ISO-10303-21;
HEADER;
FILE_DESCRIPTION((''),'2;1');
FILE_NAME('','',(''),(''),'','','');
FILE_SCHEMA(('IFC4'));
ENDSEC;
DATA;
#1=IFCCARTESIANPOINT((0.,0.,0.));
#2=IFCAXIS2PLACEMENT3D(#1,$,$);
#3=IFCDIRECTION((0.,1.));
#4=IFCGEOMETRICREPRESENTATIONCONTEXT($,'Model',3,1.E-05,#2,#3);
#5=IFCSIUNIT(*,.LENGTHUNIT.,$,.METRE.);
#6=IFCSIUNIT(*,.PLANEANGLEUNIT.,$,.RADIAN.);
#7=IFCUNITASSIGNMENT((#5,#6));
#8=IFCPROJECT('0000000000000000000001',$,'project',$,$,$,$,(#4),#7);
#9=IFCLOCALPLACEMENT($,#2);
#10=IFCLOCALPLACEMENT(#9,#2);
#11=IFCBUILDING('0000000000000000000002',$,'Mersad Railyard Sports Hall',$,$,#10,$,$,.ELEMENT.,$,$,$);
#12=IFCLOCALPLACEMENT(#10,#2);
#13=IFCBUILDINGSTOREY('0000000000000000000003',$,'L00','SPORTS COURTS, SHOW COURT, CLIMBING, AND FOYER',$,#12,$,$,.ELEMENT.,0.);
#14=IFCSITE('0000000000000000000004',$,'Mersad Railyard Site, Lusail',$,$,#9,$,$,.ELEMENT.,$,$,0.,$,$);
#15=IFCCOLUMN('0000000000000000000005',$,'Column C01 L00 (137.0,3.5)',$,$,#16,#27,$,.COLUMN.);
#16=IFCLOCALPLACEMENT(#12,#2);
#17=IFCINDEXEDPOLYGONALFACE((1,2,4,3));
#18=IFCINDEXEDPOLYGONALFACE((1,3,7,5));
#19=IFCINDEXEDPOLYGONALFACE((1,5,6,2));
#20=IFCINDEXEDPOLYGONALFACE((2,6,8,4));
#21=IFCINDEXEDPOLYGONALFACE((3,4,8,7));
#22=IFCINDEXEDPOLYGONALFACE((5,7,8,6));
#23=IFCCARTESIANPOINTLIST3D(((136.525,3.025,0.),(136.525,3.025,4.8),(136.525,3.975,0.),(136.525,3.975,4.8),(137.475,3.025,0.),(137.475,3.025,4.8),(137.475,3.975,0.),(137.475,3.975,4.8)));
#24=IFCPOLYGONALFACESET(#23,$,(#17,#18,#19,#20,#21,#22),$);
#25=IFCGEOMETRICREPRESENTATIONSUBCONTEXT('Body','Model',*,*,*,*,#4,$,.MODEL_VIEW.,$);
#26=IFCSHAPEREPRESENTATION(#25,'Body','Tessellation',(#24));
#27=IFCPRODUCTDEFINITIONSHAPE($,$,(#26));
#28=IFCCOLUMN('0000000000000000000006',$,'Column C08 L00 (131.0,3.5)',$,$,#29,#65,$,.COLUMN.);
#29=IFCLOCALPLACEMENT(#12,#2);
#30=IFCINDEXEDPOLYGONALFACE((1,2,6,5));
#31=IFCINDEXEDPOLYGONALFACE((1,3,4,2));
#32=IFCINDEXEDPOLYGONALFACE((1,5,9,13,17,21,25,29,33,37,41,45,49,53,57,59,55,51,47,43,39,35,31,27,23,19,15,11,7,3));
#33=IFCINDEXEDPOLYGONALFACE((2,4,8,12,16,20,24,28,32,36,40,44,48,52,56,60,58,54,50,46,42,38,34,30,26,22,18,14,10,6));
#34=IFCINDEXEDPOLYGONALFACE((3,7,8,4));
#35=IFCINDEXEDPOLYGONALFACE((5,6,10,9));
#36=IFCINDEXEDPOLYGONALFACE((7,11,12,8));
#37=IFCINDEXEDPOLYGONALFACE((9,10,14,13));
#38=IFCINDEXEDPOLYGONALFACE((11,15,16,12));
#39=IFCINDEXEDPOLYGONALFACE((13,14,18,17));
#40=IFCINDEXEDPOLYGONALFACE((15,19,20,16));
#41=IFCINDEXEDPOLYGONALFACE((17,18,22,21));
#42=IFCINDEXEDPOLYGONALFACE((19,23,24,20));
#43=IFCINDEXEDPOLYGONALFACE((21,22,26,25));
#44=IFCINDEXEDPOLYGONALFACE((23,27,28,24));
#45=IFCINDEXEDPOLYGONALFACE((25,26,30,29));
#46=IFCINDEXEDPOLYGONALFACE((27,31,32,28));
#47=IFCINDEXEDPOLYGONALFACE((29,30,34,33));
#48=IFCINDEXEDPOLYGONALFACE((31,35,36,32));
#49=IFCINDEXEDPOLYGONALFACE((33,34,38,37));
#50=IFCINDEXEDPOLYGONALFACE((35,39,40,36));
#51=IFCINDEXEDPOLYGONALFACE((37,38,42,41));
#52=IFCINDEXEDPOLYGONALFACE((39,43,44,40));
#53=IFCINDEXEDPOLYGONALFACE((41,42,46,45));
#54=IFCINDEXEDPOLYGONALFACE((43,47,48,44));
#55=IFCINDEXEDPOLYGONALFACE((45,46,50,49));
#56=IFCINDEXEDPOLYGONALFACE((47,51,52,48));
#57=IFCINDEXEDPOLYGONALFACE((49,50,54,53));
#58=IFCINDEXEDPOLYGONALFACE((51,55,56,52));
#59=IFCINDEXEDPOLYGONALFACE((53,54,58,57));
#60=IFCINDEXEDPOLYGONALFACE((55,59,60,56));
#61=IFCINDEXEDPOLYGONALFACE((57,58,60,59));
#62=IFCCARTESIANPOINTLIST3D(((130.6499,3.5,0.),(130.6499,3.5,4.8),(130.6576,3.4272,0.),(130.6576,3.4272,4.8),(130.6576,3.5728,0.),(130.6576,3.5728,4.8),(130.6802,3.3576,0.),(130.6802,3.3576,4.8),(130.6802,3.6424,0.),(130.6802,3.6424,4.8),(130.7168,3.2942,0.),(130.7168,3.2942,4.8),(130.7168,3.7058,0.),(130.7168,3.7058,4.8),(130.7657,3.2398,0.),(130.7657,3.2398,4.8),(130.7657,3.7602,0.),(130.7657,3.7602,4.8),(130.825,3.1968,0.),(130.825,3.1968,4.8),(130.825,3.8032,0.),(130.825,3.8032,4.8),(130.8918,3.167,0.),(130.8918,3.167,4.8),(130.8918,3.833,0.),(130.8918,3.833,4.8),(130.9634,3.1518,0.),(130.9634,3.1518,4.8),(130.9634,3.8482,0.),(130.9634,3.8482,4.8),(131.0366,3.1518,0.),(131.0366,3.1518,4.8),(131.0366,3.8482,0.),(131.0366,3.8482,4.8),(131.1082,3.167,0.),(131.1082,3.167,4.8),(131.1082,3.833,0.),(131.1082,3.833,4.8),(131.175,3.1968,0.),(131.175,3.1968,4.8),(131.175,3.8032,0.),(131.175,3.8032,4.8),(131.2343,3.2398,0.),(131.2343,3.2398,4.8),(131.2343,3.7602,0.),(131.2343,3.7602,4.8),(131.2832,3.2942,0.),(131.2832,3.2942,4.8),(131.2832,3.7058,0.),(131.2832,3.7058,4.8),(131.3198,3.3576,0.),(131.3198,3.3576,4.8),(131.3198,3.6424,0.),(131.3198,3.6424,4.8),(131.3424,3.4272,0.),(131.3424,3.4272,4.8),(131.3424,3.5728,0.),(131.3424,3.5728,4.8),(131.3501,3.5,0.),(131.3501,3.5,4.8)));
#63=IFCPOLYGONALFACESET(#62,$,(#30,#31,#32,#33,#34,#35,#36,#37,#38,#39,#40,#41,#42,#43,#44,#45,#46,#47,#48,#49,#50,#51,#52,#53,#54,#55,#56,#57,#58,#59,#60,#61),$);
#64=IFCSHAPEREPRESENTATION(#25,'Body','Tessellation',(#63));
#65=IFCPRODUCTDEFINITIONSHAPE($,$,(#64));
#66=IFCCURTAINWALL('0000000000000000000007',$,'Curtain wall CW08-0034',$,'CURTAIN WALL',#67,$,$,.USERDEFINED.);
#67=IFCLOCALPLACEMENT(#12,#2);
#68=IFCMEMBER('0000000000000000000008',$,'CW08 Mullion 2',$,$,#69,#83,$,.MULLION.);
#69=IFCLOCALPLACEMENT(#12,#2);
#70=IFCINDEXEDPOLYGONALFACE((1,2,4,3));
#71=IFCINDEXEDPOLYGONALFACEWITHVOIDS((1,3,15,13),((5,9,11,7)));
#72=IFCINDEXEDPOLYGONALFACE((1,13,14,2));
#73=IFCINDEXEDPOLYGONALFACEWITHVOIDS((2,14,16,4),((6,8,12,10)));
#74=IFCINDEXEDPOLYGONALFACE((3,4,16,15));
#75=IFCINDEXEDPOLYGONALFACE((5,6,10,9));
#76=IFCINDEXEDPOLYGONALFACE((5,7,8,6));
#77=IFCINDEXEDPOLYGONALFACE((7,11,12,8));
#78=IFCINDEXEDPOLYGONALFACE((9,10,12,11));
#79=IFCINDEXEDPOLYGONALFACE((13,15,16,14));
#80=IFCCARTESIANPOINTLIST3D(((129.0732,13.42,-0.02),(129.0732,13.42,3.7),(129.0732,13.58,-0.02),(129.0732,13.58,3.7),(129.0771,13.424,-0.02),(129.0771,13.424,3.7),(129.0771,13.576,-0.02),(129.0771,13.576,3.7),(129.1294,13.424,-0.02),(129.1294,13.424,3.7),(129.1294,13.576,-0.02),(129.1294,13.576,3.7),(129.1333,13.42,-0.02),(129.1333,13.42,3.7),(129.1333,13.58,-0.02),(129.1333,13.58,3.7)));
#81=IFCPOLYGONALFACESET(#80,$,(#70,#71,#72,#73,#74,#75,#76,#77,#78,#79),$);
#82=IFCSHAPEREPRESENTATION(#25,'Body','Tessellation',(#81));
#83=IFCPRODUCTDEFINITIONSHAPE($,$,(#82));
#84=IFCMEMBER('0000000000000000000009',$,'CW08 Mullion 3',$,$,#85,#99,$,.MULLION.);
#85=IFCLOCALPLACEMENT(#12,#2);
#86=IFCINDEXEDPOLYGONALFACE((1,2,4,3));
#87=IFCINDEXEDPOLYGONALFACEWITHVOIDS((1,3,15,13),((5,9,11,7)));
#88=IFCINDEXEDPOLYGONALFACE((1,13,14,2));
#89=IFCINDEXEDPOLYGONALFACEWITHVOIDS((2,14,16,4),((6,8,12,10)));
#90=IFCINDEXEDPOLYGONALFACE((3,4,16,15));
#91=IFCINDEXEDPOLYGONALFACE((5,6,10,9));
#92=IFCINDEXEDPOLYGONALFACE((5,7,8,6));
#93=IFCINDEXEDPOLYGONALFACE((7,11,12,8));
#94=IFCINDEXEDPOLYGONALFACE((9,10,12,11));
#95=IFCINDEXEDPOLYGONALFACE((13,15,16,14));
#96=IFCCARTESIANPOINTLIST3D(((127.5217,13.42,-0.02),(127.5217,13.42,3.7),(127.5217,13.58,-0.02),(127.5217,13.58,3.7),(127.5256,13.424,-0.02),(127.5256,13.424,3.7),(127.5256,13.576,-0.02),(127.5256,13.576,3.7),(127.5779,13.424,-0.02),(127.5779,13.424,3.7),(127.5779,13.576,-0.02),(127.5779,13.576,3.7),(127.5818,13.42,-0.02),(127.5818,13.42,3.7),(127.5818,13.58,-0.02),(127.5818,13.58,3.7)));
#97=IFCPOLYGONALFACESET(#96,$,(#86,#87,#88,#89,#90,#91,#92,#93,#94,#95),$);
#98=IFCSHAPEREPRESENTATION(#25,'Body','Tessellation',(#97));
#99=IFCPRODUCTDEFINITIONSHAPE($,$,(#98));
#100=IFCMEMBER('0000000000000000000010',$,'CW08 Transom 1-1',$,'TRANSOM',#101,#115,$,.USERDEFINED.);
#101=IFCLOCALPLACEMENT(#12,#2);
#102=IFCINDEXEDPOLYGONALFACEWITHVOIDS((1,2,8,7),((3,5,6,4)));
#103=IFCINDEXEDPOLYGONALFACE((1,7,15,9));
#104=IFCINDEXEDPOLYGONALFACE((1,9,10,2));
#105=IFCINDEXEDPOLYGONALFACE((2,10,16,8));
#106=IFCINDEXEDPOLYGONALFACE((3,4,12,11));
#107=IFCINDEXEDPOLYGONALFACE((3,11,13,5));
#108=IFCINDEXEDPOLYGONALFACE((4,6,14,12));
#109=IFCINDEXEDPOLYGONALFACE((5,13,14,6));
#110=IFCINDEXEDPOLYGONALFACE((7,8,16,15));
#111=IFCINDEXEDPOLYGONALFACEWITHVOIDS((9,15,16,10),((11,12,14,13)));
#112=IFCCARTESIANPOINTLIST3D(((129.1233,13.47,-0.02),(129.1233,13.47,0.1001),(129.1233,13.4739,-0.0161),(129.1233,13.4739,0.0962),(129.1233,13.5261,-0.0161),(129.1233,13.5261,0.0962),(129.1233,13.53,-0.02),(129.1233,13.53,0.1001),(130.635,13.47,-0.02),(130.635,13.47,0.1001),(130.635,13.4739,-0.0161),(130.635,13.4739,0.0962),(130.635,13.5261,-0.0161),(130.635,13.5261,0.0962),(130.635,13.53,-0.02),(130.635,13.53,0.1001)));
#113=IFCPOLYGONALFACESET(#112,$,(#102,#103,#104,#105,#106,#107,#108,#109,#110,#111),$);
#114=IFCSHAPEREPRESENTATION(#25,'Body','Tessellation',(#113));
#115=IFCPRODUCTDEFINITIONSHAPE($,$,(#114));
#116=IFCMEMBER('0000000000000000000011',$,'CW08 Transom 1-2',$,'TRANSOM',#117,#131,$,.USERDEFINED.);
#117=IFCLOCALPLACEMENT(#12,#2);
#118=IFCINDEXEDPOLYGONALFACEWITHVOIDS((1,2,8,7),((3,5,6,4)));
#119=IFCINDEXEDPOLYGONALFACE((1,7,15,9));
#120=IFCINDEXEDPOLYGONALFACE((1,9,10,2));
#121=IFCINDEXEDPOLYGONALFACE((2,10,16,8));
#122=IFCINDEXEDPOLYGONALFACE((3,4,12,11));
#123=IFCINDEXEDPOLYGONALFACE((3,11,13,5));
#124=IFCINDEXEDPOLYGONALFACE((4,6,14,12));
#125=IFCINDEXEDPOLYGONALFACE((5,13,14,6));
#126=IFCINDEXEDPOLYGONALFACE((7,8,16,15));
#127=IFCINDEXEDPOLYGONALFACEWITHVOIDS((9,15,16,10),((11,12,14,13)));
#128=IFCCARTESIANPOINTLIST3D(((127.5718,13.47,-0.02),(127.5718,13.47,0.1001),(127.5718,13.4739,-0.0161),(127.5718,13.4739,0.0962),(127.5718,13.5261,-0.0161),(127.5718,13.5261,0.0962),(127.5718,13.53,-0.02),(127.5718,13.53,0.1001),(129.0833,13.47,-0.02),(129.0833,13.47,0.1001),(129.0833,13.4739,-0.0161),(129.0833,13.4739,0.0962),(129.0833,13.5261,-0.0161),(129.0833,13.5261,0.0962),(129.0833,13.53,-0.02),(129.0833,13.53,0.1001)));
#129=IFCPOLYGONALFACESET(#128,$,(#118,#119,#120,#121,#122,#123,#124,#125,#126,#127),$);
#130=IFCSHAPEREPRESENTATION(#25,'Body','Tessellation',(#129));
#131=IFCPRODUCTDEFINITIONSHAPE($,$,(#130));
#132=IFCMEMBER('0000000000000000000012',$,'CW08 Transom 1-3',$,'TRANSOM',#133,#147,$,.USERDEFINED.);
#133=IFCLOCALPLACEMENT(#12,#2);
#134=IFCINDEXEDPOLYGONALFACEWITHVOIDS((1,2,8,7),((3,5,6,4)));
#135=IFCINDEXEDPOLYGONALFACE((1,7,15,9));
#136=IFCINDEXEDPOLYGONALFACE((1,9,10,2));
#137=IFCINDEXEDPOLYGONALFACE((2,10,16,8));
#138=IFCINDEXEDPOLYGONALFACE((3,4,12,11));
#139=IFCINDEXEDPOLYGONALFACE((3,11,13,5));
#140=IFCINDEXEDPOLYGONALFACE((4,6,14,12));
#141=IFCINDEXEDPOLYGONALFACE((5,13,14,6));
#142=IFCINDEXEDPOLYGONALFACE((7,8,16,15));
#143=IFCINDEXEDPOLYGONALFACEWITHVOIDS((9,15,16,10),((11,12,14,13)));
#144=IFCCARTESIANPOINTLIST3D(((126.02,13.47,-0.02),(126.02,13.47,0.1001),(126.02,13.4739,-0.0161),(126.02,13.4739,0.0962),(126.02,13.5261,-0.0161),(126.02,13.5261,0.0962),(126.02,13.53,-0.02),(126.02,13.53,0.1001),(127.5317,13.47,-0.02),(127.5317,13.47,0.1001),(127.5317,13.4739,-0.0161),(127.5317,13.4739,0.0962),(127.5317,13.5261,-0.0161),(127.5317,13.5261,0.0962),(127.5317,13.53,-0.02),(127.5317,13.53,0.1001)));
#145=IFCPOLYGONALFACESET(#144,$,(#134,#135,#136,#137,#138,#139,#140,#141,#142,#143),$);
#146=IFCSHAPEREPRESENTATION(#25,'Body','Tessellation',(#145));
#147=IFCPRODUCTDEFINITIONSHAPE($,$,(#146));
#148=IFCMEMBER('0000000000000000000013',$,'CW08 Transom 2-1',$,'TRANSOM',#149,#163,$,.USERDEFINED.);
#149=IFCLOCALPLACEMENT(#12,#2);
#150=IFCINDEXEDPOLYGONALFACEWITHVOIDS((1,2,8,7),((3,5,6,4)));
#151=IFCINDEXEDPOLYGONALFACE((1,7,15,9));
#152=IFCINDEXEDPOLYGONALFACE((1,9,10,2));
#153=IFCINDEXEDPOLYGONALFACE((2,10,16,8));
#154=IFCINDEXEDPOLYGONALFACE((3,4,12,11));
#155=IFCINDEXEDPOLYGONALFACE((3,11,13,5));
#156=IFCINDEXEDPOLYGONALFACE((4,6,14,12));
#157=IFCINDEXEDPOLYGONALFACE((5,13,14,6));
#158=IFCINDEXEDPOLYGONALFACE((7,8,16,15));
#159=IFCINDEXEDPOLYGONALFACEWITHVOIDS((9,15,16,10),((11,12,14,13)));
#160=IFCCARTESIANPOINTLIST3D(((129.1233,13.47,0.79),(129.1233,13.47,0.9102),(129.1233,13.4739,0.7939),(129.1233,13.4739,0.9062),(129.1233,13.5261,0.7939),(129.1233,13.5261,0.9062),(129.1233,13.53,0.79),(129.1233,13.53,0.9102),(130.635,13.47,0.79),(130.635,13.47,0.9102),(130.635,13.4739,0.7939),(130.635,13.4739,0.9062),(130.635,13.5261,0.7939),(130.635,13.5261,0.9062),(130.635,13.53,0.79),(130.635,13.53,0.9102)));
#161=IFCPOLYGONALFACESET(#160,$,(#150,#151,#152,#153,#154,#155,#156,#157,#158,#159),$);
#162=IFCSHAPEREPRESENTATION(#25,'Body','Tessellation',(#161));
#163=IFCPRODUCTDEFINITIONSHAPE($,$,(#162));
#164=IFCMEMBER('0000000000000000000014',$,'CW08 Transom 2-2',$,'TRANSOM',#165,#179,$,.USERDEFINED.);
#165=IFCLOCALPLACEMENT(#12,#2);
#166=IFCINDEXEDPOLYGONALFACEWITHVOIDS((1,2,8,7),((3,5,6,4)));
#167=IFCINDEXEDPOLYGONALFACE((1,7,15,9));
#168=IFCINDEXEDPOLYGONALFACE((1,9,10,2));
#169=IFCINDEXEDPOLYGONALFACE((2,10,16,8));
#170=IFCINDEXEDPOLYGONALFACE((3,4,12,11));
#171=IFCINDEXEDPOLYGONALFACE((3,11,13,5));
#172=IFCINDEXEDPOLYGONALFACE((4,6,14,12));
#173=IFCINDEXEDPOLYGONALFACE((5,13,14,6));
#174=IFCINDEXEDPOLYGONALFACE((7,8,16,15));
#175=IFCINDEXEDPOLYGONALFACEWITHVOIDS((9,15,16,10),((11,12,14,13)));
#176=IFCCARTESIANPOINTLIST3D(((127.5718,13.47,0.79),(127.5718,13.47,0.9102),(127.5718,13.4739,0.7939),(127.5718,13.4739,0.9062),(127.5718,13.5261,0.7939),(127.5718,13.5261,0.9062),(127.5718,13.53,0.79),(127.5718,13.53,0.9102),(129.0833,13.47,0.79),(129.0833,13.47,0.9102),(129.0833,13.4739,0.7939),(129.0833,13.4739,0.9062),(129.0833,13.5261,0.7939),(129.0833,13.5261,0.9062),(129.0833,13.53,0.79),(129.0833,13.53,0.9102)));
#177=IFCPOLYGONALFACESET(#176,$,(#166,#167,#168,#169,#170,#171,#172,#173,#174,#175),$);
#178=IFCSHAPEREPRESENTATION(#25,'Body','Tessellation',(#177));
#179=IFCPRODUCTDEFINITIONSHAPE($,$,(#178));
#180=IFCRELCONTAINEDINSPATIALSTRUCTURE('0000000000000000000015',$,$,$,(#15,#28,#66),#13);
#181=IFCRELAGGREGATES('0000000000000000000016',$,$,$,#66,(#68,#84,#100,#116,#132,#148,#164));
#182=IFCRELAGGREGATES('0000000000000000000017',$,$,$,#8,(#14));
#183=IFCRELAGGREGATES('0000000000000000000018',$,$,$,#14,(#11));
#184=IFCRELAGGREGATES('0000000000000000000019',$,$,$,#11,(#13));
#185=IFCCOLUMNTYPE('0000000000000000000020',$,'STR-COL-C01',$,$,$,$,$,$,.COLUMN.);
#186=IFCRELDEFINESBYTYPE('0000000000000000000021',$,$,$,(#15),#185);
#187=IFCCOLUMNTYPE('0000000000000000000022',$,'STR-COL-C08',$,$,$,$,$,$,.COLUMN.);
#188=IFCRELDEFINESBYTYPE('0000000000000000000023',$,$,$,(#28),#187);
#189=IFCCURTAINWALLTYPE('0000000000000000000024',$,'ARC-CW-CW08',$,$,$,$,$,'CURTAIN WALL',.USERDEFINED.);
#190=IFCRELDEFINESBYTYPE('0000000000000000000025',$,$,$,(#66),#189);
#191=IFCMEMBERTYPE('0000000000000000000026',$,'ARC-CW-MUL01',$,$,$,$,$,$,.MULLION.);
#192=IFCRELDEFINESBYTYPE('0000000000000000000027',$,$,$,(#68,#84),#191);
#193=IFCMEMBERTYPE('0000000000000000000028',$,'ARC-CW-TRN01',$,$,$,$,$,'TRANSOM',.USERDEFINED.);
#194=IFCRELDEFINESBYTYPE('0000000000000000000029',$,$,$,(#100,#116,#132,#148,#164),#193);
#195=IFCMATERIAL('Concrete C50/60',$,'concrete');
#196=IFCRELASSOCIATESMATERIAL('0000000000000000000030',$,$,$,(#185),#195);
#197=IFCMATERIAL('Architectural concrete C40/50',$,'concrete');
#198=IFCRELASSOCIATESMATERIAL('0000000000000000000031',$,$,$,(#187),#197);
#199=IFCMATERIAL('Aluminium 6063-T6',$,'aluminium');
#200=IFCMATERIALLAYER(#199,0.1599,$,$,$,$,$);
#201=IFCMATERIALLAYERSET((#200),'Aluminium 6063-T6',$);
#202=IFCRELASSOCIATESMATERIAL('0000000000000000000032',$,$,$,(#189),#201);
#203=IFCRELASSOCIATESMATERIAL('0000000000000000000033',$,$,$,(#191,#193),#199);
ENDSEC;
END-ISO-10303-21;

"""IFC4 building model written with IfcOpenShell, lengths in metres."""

from ifc_helpers import new_model, si_unit, direction, frame, origin, origin_2d, place, context, subcontext, project, spatial, rectangle, hollow_rectangle, circle, extrude, material, layer, layer_set, material_profile, profile_set, type_object, element, aggregate, save


model = new_model("IFC4")

# Units and contexts
model_context = context("Model", 3, precision=1e-05, world=origin(), true_north=direction((0.0, 1.0)))
body_context = subcontext(model_context, "Body", "Model", "MODEL_VIEW")
ifc_project = project(units=[si_unit("LENGTHUNIT", "METRE"), si_unit("PLANEANGLEUNIT", "RADIAN")], contexts=[model_context])

# Site, building, storey
site_placement = place(None, origin())
site = spatial("IfcSite", under=ifc_project, at=site_placement, Name="Mersad Railyard Site, Lusail", CompositionType="ELEMENT", RefElevation=0.0)
building_placement = place(site_placement, origin())
building = spatial("IfcBuilding", under=site, at=building_placement, Name="Mersad Railyard Sports Hall", CompositionType="ELEMENT")
storey_placement = place(building_placement, origin())
storey = spatial("IfcBuildingStorey", under=building, at=storey_placement, Name="L00", Description="SPORTS COURTS, SHOW COURT, CLIMBING, AND FOYER", CompositionType="ELEMENT", Elevation=0.0)

# Columns
ifc_material_1 = material(Name="Concrete C50/60", Category="concrete")
ifc_material_profile_1 = material_profile(ifc_material_1, rectangle(XDim=0.95, YDim=0.95, at=origin_2d()), Name="RC 950x950")
ifc_profile_set_1 = profile_set([ifc_material_profile_1], Name="Concrete C50/60")
column_type_1 = type_object("IfcColumnType", Name="STR-COL-C01", PredefinedType="COLUMN", material=ifc_profile_set_1)
column_1_placement = place(storey_placement, frame((137.0, 3.5, 0.0), z_axis=(0.0, 0.0, 1.0), x_axis=(1.0, 0.0, 0.0)))
element("IfcColumn", 1, at=column_1_placement, inside=storey, type_object=column_type_1, Name="Column C01 L00 (137.0,3.5)", PredefinedType="COLUMN", context=body_context, shape_type="SweptSolid", body=[
    extrude(rectangle(XDim=0.95, YDim=0.95, at=origin_2d()), origin(), (0.0, 0.0, 1.0), 4.8),
])
ifc_material_2 = material(Name="Architectural concrete C40/50", Category="concrete")
ifc_material_profile_2 = material_profile(ifc_material_2, circle(Radius=0.3501, at=origin_2d()), Name="RC D700")
ifc_profile_set_2 = profile_set([ifc_material_profile_2], Name="Architectural concrete C40/50")
column_type_2 = type_object("IfcColumnType", Name="STR-COL-C08", PredefinedType="COLUMN", material=ifc_profile_set_2)
column_2_placement = place(storey_placement, frame((131.0, 3.5, 0.0), z_axis=(0.0, 0.0, 1.0), x_axis=(1.0, 0.0, 0.0)))
element("IfcColumn", 2, at=column_2_placement, inside=storey, type_object=column_type_2, Name="Column C08 L00 (131.0,3.5)", PredefinedType="COLUMN", context=body_context, shape_type="SweptSolid", body=[
    extrude(circle(Radius=0.3501, at=origin_2d()), origin(), (0.0, 0.0, 1.0), 4.8),
])

# Curtain wall, members
ifc_material_3 = material(Name="Aluminium 6063-T6", Category="aluminium")
ifc_layer_1 = layer(ifc_material_3, 0.1599)
ifc_layer_set_1 = layer_set([ifc_layer_1], Name="Aluminium 6063-T6")
curtain_wall_type = type_object("IfcCurtainWallType", Name="ARC-CW-CW08", ElementType="CURTAIN WALL", PredefinedType="USERDEFINED", material=ifc_layer_set_1)
curtain_wall_placement = place(storey_placement, origin())
curtain_wall = element("IfcCurtainWall", 3, at=curtain_wall_placement, inside=storey, type_object=curtain_wall_type, Name="Curtain wall CW08-0034", ObjectType="CURTAIN WALL", PredefinedType="USERDEFINED")
ifc_material_profile_3 = material_profile(ifc_material_3, hollow_rectangle(XDim=0.0601, YDim=0.1599, WallThickness=0.0039, at=origin_2d()), Name="AL MULLION 60x160x4")
ifc_profile_set_3 = profile_set([ifc_material_profile_3], Name="Aluminium 6063-T6")
member_type_1 = type_object("IfcMemberType", Name="ARC-CW-MUL01", PredefinedType="MULLION", material=ifc_profile_set_3)
member_1_placement = place(storey_placement, frame((129.1033, 13.5, -0.02), z_axis=(0.0, 0.0, 1.0), x_axis=(1.0, 0.0, 0.0)))
member_1 = element("IfcMember", 4, at=member_1_placement, type_object=member_type_1, Name="CW08 Mullion 2", PredefinedType="MULLION", context=body_context, shape_type="SweptSolid", body=[
    extrude(hollow_rectangle(XDim=0.0601, YDim=0.1599, WallThickness=0.0039, at=origin_2d()), origin(), (0.0, 0.0, 1.0), 3.72),
])
member_2_placement = place(storey_placement, frame((127.5518, 13.5, -0.02), z_axis=(0.0, 0.0, 1.0), x_axis=(1.0, 0.0, 0.0)))
member_2 = element("IfcMember", 5, at=member_2_placement, type_object=member_type_1, Name="CW08 Mullion 3", PredefinedType="MULLION", context=body_context, shape_type="SweptSolid", body=[
    extrude(hollow_rectangle(XDim=0.0601, YDim=0.1599, WallThickness=0.0039, at=origin_2d()), origin(), (0.0, 0.0, 1.0), 3.72),
])
ifc_material_profile_4 = material_profile(ifc_material_3, hollow_rectangle(XDim=0.0601, YDim=0.1201, WallThickness=0.0039, at=origin_2d()), Name="AL TRANSOM 60x120x4")
ifc_profile_set_4 = profile_set([ifc_material_profile_4], Name="Aluminium 6063-T6")
member_type_2 = type_object("IfcMemberType", Name="ARC-CW-TRN01", ElementType="TRANSOM", PredefinedType="USERDEFINED", material=ifc_profile_set_4)
member_3_placement = place(storey_placement, frame((130.635, 13.5, 0.04), z_axis=(-1.0, 0.0, 0.0), x_axis=(0.0, -1.0, 0.0)))
member_3 = element("IfcMember", 6, at=member_3_placement, type_object=member_type_2, Name="CW08 Transom 1-1", ObjectType="TRANSOM", PredefinedType="USERDEFINED", context=body_context, shape_type="SweptSolid", body=[
    extrude(hollow_rectangle(XDim=0.0601, YDim=0.1201, WallThickness=0.0039, at=origin_2d()), origin(), (0.0, 0.0, 1.0), 1.5117),
])
member_4_placement = place(storey_placement, frame((129.0833, 13.5, 0.04), z_axis=(-1.0, 0.0, 0.0), x_axis=(0.0, -1.0, 0.0)))
member_4 = element("IfcMember", 7, at=member_4_placement, type_object=member_type_2, Name="CW08 Transom 1-2", ObjectType="TRANSOM", PredefinedType="USERDEFINED", context=body_context, shape_type="SweptSolid", body=[
    extrude(hollow_rectangle(XDim=0.0601, YDim=0.1201, WallThickness=0.0039, at=origin_2d()), origin(), (0.0, 0.0, 1.0), 1.5115),
])
member_5_placement = place(storey_placement, frame((127.5317, 13.5, 0.04), z_axis=(-1.0, 0.0, 0.0), x_axis=(0.0, -1.0, 0.0)))
member_5 = element("IfcMember", 8, at=member_5_placement, type_object=member_type_2, Name="CW08 Transom 1-3", ObjectType="TRANSOM", PredefinedType="USERDEFINED", context=body_context, shape_type="SweptSolid", body=[
    extrude(hollow_rectangle(XDim=0.0601, YDim=0.1201, WallThickness=0.0039, at=origin_2d()), origin(), (0.0, 0.0, 1.0), 1.5117),
])
member_6_placement = place(storey_placement, frame((130.635, 13.5, 0.8501), z_axis=(-1.0, 0.0, 0.0), x_axis=(0.0, -1.0, 0.0)))
member_6 = element("IfcMember", 9, at=member_6_placement, type_object=member_type_2, Name="CW08 Transom 2-1", ObjectType="TRANSOM", PredefinedType="USERDEFINED", context=body_context, shape_type="SweptSolid", body=[
    extrude(hollow_rectangle(XDim=0.0601, YDim=0.1201, WallThickness=0.0039, at=origin_2d()), origin(), (0.0, 0.0, 1.0), 1.5117),
])
member_7_placement = place(storey_placement, frame((129.0833, 13.5, 0.8501), z_axis=(-1.0, 0.0, 0.0), x_axis=(0.0, -1.0, 0.0)))
member_7 = element("IfcMember", 10, at=member_7_placement, type_object=member_type_2, Name="CW08 Transom 2-2", ObjectType="TRANSOM", PredefinedType="USERDEFINED", context=body_context, shape_type="SweptSolid", body=[
    extrude(hollow_rectangle(XDim=0.0601, YDim=0.1201, WallThickness=0.0039, at=origin_2d()), origin(), (0.0, 0.0, 1.0), 1.5115),
])

aggregate(curtain_wall, [member_1, member_2, member_3, member_4, member_5, member_6, member_7])

save(model, "model.ifc")
